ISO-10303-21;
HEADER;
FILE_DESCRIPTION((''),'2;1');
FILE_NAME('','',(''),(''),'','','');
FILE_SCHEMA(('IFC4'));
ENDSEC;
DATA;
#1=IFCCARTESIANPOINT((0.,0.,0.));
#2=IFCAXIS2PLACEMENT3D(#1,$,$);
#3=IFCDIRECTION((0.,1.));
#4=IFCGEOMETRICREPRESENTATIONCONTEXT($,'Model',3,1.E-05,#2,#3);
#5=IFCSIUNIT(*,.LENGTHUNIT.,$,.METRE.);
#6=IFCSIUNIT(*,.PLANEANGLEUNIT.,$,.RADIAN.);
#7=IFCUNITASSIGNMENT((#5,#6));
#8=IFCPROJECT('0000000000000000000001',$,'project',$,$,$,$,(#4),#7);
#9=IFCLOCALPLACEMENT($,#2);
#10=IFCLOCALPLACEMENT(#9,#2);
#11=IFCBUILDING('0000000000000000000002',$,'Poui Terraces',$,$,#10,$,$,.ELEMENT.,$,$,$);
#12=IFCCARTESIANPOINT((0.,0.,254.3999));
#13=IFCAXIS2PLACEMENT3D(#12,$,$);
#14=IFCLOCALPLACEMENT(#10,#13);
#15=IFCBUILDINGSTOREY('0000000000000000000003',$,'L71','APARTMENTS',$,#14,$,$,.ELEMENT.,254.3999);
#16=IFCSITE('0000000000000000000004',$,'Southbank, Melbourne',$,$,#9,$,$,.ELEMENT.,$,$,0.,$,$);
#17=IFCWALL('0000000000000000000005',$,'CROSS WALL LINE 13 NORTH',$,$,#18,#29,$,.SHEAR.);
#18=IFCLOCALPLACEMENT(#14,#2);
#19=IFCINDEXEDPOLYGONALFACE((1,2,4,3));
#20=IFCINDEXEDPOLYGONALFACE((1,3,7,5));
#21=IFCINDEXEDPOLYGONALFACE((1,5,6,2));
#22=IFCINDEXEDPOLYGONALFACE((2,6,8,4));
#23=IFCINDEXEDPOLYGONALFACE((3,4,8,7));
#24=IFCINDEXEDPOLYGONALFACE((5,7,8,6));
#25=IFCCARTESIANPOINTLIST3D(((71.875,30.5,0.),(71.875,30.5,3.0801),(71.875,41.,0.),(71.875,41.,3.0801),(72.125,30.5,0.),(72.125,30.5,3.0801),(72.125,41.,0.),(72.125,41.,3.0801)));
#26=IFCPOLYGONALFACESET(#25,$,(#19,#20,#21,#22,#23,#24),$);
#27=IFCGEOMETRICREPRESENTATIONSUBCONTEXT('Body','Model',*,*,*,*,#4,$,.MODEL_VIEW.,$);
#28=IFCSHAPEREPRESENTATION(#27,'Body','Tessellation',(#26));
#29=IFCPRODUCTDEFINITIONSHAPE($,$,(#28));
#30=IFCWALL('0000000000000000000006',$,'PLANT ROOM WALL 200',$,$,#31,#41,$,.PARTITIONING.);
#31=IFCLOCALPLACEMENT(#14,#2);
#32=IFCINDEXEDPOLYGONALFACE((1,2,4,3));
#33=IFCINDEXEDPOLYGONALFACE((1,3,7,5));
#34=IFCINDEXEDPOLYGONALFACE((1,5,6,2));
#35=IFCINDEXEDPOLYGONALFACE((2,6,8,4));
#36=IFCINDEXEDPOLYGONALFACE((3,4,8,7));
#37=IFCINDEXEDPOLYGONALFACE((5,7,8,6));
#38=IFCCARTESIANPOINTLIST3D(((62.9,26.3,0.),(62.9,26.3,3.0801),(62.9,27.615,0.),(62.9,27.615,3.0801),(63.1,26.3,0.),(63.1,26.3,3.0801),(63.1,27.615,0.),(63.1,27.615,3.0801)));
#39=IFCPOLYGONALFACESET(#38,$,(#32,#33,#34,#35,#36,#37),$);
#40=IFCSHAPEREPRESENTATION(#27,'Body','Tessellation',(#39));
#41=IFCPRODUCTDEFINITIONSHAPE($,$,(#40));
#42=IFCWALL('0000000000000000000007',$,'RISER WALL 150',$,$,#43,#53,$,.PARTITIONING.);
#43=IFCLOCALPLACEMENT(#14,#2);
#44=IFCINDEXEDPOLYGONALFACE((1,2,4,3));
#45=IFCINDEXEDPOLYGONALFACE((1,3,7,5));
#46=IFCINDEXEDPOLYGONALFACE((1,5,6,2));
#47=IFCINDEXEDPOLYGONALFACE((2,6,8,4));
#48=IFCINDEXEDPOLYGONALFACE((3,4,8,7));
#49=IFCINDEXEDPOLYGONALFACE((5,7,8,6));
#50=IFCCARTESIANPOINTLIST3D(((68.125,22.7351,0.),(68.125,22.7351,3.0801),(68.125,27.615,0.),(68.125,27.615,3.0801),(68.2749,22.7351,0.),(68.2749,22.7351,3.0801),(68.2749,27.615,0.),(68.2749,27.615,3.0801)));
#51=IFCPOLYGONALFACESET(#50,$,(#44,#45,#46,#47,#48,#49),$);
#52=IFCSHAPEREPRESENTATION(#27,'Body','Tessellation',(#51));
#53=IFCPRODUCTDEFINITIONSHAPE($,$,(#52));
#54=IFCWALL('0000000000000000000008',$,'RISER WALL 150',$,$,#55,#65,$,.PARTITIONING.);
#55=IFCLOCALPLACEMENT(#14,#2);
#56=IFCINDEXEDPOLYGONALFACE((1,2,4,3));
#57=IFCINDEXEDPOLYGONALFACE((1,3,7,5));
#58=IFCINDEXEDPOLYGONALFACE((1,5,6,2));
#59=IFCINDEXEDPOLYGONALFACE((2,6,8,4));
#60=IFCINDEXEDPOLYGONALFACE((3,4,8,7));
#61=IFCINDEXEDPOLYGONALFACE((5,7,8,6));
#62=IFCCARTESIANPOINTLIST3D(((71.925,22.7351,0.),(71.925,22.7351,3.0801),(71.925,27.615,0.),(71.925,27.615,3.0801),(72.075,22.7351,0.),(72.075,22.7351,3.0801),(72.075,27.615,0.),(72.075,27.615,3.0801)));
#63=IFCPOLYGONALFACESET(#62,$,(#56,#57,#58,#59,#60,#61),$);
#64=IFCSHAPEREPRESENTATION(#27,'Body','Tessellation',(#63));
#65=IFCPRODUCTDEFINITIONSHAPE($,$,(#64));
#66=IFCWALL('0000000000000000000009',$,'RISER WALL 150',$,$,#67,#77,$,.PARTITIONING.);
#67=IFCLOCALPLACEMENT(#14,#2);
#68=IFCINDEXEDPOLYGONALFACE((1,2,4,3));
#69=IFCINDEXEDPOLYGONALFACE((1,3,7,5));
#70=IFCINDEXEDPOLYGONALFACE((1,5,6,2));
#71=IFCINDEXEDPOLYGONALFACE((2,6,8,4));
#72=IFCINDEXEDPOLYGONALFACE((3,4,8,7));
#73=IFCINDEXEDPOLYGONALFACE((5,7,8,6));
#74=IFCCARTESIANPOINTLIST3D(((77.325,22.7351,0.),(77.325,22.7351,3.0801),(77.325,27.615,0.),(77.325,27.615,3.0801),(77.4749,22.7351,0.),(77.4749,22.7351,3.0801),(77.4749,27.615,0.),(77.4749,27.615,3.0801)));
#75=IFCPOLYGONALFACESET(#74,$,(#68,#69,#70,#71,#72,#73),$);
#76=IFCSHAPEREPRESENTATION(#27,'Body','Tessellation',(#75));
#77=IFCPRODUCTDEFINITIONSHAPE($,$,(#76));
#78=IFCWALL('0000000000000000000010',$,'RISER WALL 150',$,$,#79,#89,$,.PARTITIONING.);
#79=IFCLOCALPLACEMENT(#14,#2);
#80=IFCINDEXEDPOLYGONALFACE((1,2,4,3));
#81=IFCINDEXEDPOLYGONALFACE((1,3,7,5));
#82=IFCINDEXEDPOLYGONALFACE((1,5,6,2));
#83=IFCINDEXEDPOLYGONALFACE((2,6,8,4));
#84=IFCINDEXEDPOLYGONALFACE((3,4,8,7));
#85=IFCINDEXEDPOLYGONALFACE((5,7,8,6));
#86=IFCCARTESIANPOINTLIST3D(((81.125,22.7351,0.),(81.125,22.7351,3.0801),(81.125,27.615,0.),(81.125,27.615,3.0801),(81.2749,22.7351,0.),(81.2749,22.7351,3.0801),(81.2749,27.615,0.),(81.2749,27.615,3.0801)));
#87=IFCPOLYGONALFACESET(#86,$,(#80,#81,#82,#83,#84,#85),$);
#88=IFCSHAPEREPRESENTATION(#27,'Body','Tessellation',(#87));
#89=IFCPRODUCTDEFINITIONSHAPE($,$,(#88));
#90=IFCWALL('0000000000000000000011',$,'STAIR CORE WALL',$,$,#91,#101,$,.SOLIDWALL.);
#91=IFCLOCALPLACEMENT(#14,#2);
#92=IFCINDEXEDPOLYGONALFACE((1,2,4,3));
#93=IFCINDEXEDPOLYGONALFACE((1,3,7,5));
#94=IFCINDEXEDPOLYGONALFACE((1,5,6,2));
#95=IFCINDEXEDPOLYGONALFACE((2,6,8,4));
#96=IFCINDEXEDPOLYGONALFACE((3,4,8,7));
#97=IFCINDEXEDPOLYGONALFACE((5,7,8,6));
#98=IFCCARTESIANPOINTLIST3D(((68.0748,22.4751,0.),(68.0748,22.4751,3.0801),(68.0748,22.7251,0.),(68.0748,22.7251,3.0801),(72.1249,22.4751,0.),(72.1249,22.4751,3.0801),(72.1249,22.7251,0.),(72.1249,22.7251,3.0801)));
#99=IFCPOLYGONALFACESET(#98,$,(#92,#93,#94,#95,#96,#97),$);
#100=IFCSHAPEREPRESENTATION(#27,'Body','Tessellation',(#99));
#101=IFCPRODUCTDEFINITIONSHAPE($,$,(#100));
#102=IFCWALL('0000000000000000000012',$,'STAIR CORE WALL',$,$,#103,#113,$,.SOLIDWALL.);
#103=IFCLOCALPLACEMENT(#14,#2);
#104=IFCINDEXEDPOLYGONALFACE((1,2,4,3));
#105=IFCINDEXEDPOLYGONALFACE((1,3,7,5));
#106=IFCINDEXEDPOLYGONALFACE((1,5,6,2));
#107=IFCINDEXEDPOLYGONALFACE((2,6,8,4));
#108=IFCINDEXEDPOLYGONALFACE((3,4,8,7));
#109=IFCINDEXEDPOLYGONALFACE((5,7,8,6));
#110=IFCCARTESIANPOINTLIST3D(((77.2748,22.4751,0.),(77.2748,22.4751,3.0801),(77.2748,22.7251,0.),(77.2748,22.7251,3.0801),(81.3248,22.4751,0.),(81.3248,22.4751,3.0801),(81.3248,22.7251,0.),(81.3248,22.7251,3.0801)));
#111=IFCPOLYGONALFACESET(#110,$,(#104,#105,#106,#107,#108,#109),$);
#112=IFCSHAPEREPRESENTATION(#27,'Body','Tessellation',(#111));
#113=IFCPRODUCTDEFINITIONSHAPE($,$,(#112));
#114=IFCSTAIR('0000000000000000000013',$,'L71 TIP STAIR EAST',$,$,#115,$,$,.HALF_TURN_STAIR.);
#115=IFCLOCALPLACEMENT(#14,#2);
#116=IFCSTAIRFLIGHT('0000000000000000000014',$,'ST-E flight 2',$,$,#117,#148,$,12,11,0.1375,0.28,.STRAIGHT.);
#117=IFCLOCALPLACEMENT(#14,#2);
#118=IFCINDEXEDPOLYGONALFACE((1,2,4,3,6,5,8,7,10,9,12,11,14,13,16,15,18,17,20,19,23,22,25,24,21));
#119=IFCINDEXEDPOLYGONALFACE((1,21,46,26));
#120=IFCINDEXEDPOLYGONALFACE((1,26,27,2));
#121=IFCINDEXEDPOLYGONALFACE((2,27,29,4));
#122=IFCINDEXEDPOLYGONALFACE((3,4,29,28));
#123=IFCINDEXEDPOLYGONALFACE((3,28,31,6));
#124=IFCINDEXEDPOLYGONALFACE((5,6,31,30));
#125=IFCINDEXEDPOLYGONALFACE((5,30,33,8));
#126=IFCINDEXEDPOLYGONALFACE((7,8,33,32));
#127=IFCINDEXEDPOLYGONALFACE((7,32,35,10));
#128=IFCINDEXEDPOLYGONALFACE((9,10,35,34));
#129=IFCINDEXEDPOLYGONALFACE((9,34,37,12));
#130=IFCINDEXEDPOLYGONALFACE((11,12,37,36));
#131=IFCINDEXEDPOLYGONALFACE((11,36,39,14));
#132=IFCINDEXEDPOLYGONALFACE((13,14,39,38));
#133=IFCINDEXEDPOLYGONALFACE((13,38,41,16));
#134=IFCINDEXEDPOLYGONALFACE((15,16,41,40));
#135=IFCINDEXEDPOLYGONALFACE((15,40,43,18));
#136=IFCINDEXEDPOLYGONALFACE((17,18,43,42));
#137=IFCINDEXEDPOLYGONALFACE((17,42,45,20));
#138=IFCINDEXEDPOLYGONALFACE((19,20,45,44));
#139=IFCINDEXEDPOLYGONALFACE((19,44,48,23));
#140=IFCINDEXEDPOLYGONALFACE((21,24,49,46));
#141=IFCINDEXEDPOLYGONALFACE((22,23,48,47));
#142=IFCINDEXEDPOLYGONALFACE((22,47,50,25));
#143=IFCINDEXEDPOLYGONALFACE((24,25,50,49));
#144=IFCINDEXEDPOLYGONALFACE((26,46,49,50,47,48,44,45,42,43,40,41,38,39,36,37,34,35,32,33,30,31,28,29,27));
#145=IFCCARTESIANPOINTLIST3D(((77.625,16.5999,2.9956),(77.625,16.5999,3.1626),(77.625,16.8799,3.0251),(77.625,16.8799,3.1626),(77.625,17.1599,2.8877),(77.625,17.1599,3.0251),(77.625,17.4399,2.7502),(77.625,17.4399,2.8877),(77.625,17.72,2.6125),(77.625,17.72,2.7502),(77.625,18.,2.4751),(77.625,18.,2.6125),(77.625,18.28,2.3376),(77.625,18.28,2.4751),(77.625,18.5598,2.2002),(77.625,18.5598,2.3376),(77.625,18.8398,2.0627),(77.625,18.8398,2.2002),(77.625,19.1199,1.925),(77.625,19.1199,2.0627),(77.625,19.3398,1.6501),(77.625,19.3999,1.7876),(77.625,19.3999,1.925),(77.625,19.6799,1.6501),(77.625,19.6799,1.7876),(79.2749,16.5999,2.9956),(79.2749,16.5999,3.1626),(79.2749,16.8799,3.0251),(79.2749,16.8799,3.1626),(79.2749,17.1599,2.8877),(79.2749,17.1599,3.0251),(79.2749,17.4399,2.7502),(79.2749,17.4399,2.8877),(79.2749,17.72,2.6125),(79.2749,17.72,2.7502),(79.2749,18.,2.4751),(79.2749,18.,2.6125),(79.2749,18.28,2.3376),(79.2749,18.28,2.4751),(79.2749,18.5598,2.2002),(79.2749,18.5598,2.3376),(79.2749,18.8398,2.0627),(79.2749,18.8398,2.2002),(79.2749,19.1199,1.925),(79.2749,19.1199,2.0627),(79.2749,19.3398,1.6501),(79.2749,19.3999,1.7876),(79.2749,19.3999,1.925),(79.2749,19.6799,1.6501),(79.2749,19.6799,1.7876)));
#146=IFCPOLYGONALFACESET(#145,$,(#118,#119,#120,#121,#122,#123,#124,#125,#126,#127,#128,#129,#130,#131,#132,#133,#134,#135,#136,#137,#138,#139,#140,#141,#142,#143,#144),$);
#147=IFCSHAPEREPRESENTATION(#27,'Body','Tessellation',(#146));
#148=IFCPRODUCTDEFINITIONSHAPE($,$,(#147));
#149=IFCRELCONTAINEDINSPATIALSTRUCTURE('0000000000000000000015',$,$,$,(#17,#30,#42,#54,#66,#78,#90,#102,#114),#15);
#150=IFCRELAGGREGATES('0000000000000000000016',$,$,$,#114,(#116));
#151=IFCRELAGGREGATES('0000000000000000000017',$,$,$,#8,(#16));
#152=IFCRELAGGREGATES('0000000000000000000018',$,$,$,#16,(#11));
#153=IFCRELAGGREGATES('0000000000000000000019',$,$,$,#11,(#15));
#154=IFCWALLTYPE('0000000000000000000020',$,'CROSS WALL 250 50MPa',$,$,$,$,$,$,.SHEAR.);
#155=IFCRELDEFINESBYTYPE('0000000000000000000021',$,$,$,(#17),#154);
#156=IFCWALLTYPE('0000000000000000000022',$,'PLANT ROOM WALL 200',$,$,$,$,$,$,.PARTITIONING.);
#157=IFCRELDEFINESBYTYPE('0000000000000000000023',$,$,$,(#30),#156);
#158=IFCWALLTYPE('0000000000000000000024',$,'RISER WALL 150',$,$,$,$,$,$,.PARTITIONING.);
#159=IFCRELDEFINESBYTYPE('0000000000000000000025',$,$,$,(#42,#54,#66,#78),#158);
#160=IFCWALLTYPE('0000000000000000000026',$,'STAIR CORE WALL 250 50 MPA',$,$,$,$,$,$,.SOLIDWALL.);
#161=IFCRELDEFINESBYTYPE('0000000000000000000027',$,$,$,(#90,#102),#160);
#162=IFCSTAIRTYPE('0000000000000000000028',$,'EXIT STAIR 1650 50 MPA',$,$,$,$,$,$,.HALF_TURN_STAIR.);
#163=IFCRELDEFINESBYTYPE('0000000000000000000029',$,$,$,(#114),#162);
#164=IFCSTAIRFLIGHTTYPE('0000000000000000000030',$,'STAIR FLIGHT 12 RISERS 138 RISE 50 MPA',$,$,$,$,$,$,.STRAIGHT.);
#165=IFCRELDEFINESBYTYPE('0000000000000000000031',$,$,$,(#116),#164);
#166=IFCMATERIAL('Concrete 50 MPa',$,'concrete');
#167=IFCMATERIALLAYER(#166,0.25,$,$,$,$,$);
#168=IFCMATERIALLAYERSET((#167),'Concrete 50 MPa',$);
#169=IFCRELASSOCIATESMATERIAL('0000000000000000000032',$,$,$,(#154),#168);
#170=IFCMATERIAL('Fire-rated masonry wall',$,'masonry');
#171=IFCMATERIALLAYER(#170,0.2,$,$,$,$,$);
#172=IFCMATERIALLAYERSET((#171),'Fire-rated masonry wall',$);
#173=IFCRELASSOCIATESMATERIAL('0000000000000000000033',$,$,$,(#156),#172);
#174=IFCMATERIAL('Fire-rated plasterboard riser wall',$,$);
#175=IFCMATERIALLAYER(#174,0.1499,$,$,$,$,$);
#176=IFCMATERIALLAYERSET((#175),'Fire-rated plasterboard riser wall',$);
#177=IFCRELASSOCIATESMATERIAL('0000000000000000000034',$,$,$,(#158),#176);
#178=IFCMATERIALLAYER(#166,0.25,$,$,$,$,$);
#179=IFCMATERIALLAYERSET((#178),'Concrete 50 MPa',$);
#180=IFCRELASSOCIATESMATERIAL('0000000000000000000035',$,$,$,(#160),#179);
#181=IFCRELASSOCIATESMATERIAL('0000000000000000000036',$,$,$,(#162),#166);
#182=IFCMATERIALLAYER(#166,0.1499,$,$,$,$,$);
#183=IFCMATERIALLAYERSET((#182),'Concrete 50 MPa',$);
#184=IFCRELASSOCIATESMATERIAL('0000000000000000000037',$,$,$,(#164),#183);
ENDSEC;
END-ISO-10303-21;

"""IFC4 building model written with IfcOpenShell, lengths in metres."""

from ifc_helpers import new_model, si_unit, direction, frame, frame_2d, origin, place, context, subcontext, project, spatial, polyline, rectangle, outline, extrude, material, layer, layer_set, type_object, element, aggregate, save


model = new_model("IFC4")

# Units and contexts
model_context = context("Model", 3, precision=1e-05, world=origin(), true_north=direction((0.0, 1.0)))
body_context = subcontext(model_context, "Body", "Model", "MODEL_VIEW")
ifc_project = project(units=[si_unit("LENGTHUNIT", "METRE"), si_unit("PLANEANGLEUNIT", "RADIAN")], contexts=[model_context])

# Site, building, storey
site_placement = place(None, origin())
site = spatial("IfcSite", under=ifc_project, at=site_placement, Name="Southbank, Melbourne", CompositionType="ELEMENT", RefElevation=0.0)
building_placement = place(site_placement, origin())
building = spatial("IfcBuilding", under=site, at=building_placement, Name="Poui Terraces", CompositionType="ELEMENT")
storey_placement = place(building_placement, frame((0.0, 0.0, 254.3999)))
storey = spatial("IfcBuildingStorey", under=building, at=storey_placement, Name="L71", Description="APARTMENTS", CompositionType="ELEMENT", Elevation=254.3999)

# Shared definitions
ifc_material_1 = material(Name="Concrete 50 MPa", Category="concrete")

# Shared definitions
ifc_layer_1 = layer(ifc_material_1, 0.25)
ifc_layer_set_1 = layer_set([ifc_layer_1], Name="Concrete 50 MPa")
wall_type_1 = type_object("IfcWallType", Name="CROSS WALL 250 50MPa", PredefinedType="SHEAR", material=ifc_layer_set_1)

# Walls
wall_1_placement = place(storey_placement, frame((72.0, 30.5, 0.0), z_axis=(0.0, 0.0, 1.0), x_axis=(0.0, 1.0, 0.0)))
element("IfcWall", 1, at=wall_1_placement, inside=storey, type_object=wall_type_1, Name="CROSS WALL LINE 13 NORTH", PredefinedType="SHEAR", context=body_context, shape_type="SweptSolid", body=[
    extrude(rectangle(XDim=10.5, YDim=0.25, at=frame_2d((5.25, 0.0))), origin(), (0.0, 0.0, 1.0), 3.0801),
])
ifc_material_2 = material(Name="Fire-rated masonry wall", Category="masonry")
ifc_layer_2 = layer(ifc_material_2, 0.2)
ifc_layer_set_2 = layer_set([ifc_layer_2], Name="Fire-rated masonry wall")
wall_type_2 = type_object("IfcWallType", Name="PLANT ROOM WALL 200", PredefinedType="PARTITIONING", material=ifc_layer_set_2)
wall_2_placement = place(storey_placement, frame((63.0, 26.3, 0.0), z_axis=(0.0, 0.0, 1.0), x_axis=(0.0, 1.0, 0.0)))
element("IfcWall", 2, at=wall_2_placement, inside=storey, type_object=wall_type_2, Name="PLANT ROOM WALL 200", PredefinedType="PARTITIONING", context=body_context, shape_type="SweptSolid", body=[
    extrude(rectangle(XDim=1.3149, YDim=0.2, at=frame_2d((0.6575, 0.0))), origin(), (0.0, 0.0, 1.0), 3.0801),
])
ifc_material_3 = material(Name="Fire-rated plasterboard riser wall")
ifc_layer_3 = layer(ifc_material_3, 0.1499)
ifc_layer_set_3 = layer_set([ifc_layer_3], Name="Fire-rated plasterboard riser wall")
wall_type_3 = type_object("IfcWallType", Name="RISER WALL 150", PredefinedType="PARTITIONING", material=ifc_layer_set_3)
for number, where, z_axis, x_axis, name in (
    (3, (68.2, 22.7351, 0.0), (0.0, 0.0, 1.0), (0.0, 1.0, 0.0), "RISER WALL 150"),
    (4, (72.0, 22.7351, 0.0), (0.0, 0.0, 1.0), (0.0, 1.0, 0.0), "RISER WALL 150"),
    (5, (77.3999, 22.7351, 0.0), (0.0, 0.0, 1.0), (0.0, 1.0, 0.0), "RISER WALL 150"),
    (6, (81.2, 22.7351, 0.0), (0.0, 0.0, 1.0), (0.0, 1.0, 0.0), "RISER WALL 150"),
):
    element("IfcWall", number, at=place(storey_placement, frame(where, z_axis=z_axis, x_axis=x_axis)), inside=storey, type_object=wall_type_3, Name=name, PredefinedType="PARTITIONING", context=body_context, shape_type="SweptSolid", body=[
        extrude(rectangle(XDim=4.8799, YDim=0.1499, at=frame_2d((2.4399, 0.0))), origin(), (0.0, 0.0, 1.0), 3.0801),
    ])
ifc_layer_4 = layer(ifc_material_1, 0.25)
ifc_layer_set_4 = layer_set([ifc_layer_4], Name="Concrete 50 MPa")
wall_type_4 = type_object("IfcWallType", Name="STAIR CORE WALL 250 50 MPA", PredefinedType="SOLIDWALL", material=ifc_layer_set_4)
for number, where, z_axis, x_axis, name in (
    (7, (68.075, 22.6001, 0.0), (0.0, 0.0, 1.0), (1.0, 0.0, 0.0), "STAIR CORE WALL"),
    (8, (77.2749, 22.6001, 0.0), (0.0, 0.0, 1.0), (1.0, 0.0, 0.0), "STAIR CORE WALL"),
):
    element("IfcWall", number, at=place(storey_placement, frame(where, z_axis=z_axis, x_axis=x_axis)), inside=storey, type_object=wall_type_4, Name=name, PredefinedType="SOLIDWALL", context=body_context, shape_type="SweptSolid", body=[
        extrude(rectangle(XDim=4.05, YDim=0.25, at=frame_2d((2.0249, 0.0))), origin(), (0.0, 0.0, 1.0), 3.0801),
    ])

# Stair, stair flight
stair_type = type_object("IfcStairType", Name="EXIT STAIR 1650 50 MPA", PredefinedType="HALF_TURN_STAIR", material=ifc_material_1)
stair_placement = place(storey_placement, origin())
stair = element("IfcStair", 9, at=stair_placement, inside=storey, type_object=stair_type, Name="L71 TIP STAIR EAST", PredefinedType="HALF_TURN_STAIR")
ifc_layer_5 = layer(ifc_material_1, 0.1499)
ifc_layer_set_5 = layer_set([ifc_layer_5], Name="Concrete 50 MPa")
stair_flight_type = type_object("IfcStairFlightType", Name="STAIR FLIGHT 12 RISERS 138 RISE 50 MPA", PredefinedType="STRAIGHT", material=ifc_layer_set_5)
stair_flight_placement = place(storey_placement, frame((78.45, 19.6799, 1.6501), z_axis=(0.0, 0.0, 1.0), x_axis=(0.0, -1.0, 0.0)))
stair_flight = element("IfcStairFlight", 10, at=stair_flight_placement, type_object=stair_flight_type, Name="ST-E flight 2", NumberOfRisers=12, NumberOfTreads=11, PredefinedType="STRAIGHT", RiserHeight=0.1375, TreadLength=0.28, context=body_context, shape_type="SweptSolid", body=[
    extrude(outline(polyline([(0.0, 0.0), (0.0, 0.1375), (0.28, 0.1375), (0.28, 0.2749), (0.5601, 0.2749), (0.5601, 0.4126), (0.8401, 0.4126), (0.8401, 0.55), (1.1201, 0.55), (1.1201, 0.6875), (1.3999, 0.6875), (1.3999, 0.825), (1.6799, 0.825), (1.6799, 0.9624), (1.96, 0.9624), (1.96, 1.1001), (2.24, 1.1001), (2.24, 1.2375), (2.52, 1.2375), (2.52, 1.375), (2.8, 1.375), (2.8, 1.5125), (3.0801, 1.5125), (3.0801, 1.6499), (3.0801, 1.3455), (0.3401, 0.0), (0.0, 0.0)])), frame((0.0, 0.825, 0.0), z_axis=(0.0, -1.0, 0.0), x_axis=(1.0, 0.0, 0.0)), (0.0, 0.0, 1.0), 1.6499),
])
aggregate(stair, [stair_flight])

save(model, "model.ifc")
